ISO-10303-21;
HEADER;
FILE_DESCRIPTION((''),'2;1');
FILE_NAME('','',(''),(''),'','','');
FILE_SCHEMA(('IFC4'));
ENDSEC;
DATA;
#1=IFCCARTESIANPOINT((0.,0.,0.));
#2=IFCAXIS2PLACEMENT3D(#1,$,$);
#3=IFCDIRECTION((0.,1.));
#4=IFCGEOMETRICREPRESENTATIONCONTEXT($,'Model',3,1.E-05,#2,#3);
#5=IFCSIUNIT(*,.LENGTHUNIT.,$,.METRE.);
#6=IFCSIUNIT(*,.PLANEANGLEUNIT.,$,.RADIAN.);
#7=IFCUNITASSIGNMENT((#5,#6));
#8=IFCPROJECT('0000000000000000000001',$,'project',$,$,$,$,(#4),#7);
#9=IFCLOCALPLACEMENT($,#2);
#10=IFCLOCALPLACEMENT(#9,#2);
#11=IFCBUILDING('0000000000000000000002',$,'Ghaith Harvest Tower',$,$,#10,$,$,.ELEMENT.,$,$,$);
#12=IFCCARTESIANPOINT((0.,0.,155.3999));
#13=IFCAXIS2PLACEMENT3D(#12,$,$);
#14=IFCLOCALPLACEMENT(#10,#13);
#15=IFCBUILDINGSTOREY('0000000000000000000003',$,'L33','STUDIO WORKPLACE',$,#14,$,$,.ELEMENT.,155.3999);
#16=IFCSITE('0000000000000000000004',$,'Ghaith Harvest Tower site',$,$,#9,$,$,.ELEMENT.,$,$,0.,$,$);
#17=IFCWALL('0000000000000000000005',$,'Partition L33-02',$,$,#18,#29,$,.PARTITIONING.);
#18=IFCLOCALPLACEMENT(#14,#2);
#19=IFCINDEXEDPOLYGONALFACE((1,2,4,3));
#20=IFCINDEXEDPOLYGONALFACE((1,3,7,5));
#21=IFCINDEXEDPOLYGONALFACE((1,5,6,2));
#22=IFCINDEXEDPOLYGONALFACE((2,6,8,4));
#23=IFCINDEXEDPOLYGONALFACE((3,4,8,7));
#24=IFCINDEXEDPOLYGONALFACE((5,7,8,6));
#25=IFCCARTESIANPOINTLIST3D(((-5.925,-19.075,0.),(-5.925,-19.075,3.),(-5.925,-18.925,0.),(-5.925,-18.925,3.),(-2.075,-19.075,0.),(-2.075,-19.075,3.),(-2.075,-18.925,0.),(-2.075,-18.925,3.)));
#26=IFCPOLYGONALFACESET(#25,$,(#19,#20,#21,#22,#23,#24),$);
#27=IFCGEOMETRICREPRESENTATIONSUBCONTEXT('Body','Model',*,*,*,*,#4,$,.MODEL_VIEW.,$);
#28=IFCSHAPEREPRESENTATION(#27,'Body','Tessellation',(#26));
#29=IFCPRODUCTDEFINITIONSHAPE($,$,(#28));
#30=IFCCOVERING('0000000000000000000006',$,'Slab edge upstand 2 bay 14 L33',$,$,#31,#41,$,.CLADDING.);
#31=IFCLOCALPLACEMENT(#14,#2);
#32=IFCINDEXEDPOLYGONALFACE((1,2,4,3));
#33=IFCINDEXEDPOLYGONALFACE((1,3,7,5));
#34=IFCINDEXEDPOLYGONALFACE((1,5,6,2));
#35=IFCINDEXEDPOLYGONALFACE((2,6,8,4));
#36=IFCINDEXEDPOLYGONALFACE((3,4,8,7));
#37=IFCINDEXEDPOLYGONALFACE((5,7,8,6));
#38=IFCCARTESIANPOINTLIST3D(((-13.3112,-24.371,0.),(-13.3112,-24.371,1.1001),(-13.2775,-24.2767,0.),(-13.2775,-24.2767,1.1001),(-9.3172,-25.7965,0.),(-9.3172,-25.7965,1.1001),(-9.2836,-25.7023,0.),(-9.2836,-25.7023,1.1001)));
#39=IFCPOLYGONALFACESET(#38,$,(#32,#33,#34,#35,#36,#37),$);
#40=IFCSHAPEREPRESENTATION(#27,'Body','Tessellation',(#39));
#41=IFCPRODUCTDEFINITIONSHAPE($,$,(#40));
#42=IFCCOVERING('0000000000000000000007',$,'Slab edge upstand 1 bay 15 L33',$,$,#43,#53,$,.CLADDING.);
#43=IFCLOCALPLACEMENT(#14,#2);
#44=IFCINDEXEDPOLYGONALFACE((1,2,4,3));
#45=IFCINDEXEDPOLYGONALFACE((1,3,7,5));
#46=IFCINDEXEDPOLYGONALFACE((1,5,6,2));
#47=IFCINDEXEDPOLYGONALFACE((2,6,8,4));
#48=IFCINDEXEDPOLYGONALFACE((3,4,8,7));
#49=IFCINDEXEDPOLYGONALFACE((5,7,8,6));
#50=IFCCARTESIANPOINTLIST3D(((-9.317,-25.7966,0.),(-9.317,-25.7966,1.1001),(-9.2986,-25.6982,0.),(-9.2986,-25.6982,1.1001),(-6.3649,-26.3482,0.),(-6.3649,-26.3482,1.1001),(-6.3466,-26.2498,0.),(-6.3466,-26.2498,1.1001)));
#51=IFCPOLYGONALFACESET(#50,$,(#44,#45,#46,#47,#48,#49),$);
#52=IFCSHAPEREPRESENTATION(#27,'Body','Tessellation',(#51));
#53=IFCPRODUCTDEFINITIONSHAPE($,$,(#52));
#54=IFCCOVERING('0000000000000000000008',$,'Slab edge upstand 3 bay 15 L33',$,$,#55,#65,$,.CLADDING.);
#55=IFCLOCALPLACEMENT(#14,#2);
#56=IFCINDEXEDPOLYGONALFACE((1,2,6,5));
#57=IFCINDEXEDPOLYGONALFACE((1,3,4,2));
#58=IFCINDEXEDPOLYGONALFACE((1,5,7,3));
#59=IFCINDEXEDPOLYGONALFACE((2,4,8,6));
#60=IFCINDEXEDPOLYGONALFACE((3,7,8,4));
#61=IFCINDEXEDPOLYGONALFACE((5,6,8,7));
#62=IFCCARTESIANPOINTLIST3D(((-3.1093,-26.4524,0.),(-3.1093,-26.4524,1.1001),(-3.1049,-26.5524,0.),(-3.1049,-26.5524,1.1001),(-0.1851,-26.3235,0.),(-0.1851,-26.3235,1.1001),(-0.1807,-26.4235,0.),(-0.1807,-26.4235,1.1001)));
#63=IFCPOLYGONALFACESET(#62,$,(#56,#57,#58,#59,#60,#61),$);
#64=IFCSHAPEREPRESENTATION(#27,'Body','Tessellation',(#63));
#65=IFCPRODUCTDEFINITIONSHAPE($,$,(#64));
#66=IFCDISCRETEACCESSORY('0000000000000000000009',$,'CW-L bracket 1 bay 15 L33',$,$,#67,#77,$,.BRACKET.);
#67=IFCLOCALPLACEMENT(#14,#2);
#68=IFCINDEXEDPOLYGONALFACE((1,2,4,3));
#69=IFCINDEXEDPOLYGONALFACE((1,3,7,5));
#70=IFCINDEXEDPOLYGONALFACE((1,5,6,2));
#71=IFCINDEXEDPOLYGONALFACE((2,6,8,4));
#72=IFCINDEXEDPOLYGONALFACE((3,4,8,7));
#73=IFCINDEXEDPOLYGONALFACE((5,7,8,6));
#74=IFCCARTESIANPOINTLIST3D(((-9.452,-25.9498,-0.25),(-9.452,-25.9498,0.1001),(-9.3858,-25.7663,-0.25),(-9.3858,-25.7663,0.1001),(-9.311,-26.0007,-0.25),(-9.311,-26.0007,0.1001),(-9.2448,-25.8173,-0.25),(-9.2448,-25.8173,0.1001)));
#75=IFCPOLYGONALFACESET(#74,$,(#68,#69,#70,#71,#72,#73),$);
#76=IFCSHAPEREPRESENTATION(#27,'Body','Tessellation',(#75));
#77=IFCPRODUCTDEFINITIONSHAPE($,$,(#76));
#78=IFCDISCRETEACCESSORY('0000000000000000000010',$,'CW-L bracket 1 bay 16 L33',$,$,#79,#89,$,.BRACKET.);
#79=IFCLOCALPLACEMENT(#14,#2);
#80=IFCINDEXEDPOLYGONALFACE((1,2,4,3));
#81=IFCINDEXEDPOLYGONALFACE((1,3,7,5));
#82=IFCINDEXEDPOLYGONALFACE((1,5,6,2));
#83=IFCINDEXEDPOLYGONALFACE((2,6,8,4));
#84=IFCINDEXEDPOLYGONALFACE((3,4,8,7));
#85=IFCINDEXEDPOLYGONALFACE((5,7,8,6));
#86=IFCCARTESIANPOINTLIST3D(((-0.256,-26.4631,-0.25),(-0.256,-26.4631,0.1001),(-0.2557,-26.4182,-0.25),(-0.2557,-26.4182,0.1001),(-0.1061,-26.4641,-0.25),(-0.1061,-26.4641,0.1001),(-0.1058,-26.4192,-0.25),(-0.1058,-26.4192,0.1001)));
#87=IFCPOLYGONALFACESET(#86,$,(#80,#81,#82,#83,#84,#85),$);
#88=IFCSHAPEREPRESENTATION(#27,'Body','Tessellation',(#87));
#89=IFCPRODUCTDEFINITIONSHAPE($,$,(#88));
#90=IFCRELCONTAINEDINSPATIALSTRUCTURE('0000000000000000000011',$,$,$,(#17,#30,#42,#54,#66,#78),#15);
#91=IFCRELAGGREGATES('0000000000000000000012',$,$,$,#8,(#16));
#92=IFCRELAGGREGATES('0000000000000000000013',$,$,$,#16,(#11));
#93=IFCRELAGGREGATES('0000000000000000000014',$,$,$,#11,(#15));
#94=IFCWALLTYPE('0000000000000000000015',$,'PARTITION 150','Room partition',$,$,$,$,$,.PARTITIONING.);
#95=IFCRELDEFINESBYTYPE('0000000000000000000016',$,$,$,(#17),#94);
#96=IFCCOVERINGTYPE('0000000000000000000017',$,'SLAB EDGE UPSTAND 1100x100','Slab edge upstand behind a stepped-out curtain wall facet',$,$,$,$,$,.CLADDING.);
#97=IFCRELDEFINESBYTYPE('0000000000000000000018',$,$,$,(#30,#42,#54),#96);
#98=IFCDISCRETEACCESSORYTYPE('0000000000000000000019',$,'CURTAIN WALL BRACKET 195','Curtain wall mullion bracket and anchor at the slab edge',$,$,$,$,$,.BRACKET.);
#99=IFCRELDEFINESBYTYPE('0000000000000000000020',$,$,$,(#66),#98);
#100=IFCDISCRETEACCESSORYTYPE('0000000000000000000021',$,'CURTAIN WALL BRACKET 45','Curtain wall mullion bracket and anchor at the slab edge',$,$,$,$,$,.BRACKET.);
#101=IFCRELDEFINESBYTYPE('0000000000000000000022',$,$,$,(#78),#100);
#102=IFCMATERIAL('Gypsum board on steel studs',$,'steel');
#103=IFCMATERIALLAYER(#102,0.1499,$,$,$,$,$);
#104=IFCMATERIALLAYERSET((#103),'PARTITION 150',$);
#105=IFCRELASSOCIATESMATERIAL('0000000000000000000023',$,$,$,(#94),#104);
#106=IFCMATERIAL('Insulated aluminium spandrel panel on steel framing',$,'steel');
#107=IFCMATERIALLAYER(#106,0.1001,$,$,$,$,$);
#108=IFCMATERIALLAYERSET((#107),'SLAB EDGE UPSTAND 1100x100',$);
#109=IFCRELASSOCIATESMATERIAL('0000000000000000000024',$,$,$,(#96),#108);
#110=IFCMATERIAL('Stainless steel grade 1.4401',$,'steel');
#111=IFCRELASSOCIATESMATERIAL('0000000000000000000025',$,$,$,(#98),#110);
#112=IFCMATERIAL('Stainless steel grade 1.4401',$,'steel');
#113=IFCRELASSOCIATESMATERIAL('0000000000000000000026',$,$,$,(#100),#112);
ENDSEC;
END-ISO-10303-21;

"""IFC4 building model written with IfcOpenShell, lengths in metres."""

from ifc_helpers import new_model, si_unit, direction, frame, frame_2d, origin, origin_2d, place, context, subcontext, project, spatial, rectangle, extrude, material, layer, layer_set, type_object, element, save


model = new_model("IFC4")

# Units and contexts
model_context = context("Model", 3, precision=1e-05, world=origin(), true_north=direction((0.0, 1.0)))
body_context = subcontext(model_context, "Body", "Model", "MODEL_VIEW")
ifc_project = project(units=[si_unit("LENGTHUNIT", "METRE"), si_unit("PLANEANGLEUNIT", "RADIAN")], contexts=[model_context])

# Site, building, storey
site_placement = place(None, origin())
site = spatial("IfcSite", under=ifc_project, at=site_placement, Name="Ghaith Harvest Tower site", CompositionType="ELEMENT", RefElevation=0.0)
building_placement = place(site_placement, origin())
building = spatial("IfcBuilding", under=site, at=building_placement, Name="Ghaith Harvest Tower", CompositionType="ELEMENT")
storey_placement = place(building_placement, frame((0.0, 0.0, 155.3999)))
storey = spatial("IfcBuildingStorey", under=building, at=storey_placement, Name="L33", Description="STUDIO WORKPLACE", CompositionType="ELEMENT", Elevation=155.3999)

# Shared definitions
ifc_material_1 = material(Name="Gypsum board on steel studs", Category="steel")
ifc_layer_1 = layer(ifc_material_1, 0.1499)
ifc_layer_set_1 = layer_set([ifc_layer_1], Name="PARTITION 150")
wall_type = type_object("IfcWallType", Name="PARTITION 150", Description="Room partition", PredefinedType="PARTITIONING", material=ifc_layer_set_1)

# Wall
wall_1_placement = place(storey_placement, frame((-5.925, -19.0, 0.0), z_axis=(0.0, 0.0, 1.0), x_axis=(1.0, 0.0, 0.0)))
element("IfcWall", 1, at=wall_1_placement, inside=storey, type_object=wall_type, Name="Partition L33-02", PredefinedType="PARTITIONING", context=body_context, shape_type="SweptSolid", body=[
    extrude(rectangle(XDim=3.8501, YDim=0.1499, at=frame_2d((1.925, 0.0))), origin(), (0.0, 0.0, 1.0), 3.0),
])

# Coverings
ifc_material_2 = material(Name="Insulated aluminium spandrel panel on steel framing", Category="steel")
ifc_layer_2 = layer(ifc_material_2, 0.1001)
ifc_layer_set_2 = layer_set([ifc_layer_2], Name="SLAB EDGE UPSTAND 1100x100")
covering_type = type_object("IfcCoveringType", Name="SLAB EDGE UPSTAND 1100x100", Description="Slab edge upstand behind a stepped-out curtain wall facet", PredefinedType="CLADDING", material=ifc_layer_set_2)
covering_1_placement = place(storey_placement, frame((-11.2974, -25.0366, 0.0), z_axis=(0.0, 0.0, 1.0), x_axis=(0.941807, -0.336154, 0.0)))
element("IfcCovering", 2, at=covering_1_placement, inside=storey, type_object=covering_type, Name="Slab edge upstand 2 bay 14 L33", PredefinedType="CLADDING", context=body_context, shape_type="SweptSolid", body=[
    extrude(rectangle(XDim=4.2407, YDim=0.1001, at=origin_2d()), origin(), (0.0, 0.0, 1.0), 1.1001),
])
covering_2_placement = place(storey_placement, frame((-7.8318, -26.0232, 0.0), z_axis=(0.0, 0.0, 1.0), x_axis=(0.98299, -0.183659, 0.0)))
element("IfcCovering", 3, at=covering_2_placement, inside=storey, type_object=covering_type, Name="Slab edge upstand 1 bay 15 L33", PredefinedType="CLADDING", context=body_context, shape_type="SweptSolid", body=[
    extrude(rectangle(XDim=3.0032, YDim=0.1001, at=origin_2d()), origin(), (0.0, 0.0, 1.0), 1.1001),
])
covering_3_placement = place(storey_placement, frame((-1.645, -26.438, 0.0), z_axis=(0.0, 0.0, 1.0), x_axis=(0.99903, 0.044045, 0.0)))
element("IfcCovering", 4, at=covering_3_placement, inside=storey, type_object=covering_type, Name="Slab edge upstand 3 bay 15 L33", PredefinedType="CLADDING", context=body_context, shape_type="SweptSolid", body=[
    extrude(rectangle(XDim=2.927, YDim=0.1001, at=origin_2d()), origin(), (0.0, 0.0, 1.0), 1.1001),
])

# Discrete accessories
ifc_material_3 = material(Name="Stainless steel grade 1.4401", Category="steel")
discrete_accessory_type_1 = type_object("IfcDiscreteAccessoryType", Name="CURTAIN WALL BRACKET 195", Description="Curtain wall mullion bracket and anchor at the slab edge", PredefinedType="BRACKET", material=ifc_material_3)
discrete_accessory_1_placement = place(storey_placement, frame((-9.3484, -25.8835, -0.25), z_axis=(0.0, 0.0, 1.0), x_axis=(-0.339699, -0.940534, 0.0)))
element("IfcDiscreteAccessory", 5, at=discrete_accessory_1_placement, inside=storey, type_object=discrete_accessory_type_1, Name="CW-L bracket 1 bay 15 L33", PredefinedType="BRACKET", context=body_context, shape_type="SweptSolid", body=[
    extrude(rectangle(XDim=0.1951, YDim=0.1499, at=origin_2d()), origin(), (0.0, 0.0, 1.0), 0.3501),
])
ifc_material_4 = material(Name="Stainless steel grade 1.4401", Category="steel")
discrete_accessory_type_2 = type_object("IfcDiscreteAccessoryType", Name="CURTAIN WALL BRACKET 45", Description="Curtain wall mullion bracket and anchor at the slab edge", PredefinedType="BRACKET", material=ifc_material_4)
discrete_accessory_2_placement = place(storey_placement, frame((-0.1809, -26.4412, -0.25), z_axis=(0.0, 0.0, 1.0), x_axis=(-0.006844, -0.999977, 0.0)))
element("IfcDiscreteAccessory", 6, at=discrete_accessory_2_placement, inside=storey, type_object=discrete_accessory_type_2, Name="CW-L bracket 1 bay 16 L33", PredefinedType="BRACKET", context=body_context, shape_type="SweptSolid", body=[
    extrude(rectangle(XDim=0.0449, YDim=0.1499, at=origin_2d()), origin(), (0.0, 0.0, 1.0), 0.3501),
])

save(model, "model.ifc")
